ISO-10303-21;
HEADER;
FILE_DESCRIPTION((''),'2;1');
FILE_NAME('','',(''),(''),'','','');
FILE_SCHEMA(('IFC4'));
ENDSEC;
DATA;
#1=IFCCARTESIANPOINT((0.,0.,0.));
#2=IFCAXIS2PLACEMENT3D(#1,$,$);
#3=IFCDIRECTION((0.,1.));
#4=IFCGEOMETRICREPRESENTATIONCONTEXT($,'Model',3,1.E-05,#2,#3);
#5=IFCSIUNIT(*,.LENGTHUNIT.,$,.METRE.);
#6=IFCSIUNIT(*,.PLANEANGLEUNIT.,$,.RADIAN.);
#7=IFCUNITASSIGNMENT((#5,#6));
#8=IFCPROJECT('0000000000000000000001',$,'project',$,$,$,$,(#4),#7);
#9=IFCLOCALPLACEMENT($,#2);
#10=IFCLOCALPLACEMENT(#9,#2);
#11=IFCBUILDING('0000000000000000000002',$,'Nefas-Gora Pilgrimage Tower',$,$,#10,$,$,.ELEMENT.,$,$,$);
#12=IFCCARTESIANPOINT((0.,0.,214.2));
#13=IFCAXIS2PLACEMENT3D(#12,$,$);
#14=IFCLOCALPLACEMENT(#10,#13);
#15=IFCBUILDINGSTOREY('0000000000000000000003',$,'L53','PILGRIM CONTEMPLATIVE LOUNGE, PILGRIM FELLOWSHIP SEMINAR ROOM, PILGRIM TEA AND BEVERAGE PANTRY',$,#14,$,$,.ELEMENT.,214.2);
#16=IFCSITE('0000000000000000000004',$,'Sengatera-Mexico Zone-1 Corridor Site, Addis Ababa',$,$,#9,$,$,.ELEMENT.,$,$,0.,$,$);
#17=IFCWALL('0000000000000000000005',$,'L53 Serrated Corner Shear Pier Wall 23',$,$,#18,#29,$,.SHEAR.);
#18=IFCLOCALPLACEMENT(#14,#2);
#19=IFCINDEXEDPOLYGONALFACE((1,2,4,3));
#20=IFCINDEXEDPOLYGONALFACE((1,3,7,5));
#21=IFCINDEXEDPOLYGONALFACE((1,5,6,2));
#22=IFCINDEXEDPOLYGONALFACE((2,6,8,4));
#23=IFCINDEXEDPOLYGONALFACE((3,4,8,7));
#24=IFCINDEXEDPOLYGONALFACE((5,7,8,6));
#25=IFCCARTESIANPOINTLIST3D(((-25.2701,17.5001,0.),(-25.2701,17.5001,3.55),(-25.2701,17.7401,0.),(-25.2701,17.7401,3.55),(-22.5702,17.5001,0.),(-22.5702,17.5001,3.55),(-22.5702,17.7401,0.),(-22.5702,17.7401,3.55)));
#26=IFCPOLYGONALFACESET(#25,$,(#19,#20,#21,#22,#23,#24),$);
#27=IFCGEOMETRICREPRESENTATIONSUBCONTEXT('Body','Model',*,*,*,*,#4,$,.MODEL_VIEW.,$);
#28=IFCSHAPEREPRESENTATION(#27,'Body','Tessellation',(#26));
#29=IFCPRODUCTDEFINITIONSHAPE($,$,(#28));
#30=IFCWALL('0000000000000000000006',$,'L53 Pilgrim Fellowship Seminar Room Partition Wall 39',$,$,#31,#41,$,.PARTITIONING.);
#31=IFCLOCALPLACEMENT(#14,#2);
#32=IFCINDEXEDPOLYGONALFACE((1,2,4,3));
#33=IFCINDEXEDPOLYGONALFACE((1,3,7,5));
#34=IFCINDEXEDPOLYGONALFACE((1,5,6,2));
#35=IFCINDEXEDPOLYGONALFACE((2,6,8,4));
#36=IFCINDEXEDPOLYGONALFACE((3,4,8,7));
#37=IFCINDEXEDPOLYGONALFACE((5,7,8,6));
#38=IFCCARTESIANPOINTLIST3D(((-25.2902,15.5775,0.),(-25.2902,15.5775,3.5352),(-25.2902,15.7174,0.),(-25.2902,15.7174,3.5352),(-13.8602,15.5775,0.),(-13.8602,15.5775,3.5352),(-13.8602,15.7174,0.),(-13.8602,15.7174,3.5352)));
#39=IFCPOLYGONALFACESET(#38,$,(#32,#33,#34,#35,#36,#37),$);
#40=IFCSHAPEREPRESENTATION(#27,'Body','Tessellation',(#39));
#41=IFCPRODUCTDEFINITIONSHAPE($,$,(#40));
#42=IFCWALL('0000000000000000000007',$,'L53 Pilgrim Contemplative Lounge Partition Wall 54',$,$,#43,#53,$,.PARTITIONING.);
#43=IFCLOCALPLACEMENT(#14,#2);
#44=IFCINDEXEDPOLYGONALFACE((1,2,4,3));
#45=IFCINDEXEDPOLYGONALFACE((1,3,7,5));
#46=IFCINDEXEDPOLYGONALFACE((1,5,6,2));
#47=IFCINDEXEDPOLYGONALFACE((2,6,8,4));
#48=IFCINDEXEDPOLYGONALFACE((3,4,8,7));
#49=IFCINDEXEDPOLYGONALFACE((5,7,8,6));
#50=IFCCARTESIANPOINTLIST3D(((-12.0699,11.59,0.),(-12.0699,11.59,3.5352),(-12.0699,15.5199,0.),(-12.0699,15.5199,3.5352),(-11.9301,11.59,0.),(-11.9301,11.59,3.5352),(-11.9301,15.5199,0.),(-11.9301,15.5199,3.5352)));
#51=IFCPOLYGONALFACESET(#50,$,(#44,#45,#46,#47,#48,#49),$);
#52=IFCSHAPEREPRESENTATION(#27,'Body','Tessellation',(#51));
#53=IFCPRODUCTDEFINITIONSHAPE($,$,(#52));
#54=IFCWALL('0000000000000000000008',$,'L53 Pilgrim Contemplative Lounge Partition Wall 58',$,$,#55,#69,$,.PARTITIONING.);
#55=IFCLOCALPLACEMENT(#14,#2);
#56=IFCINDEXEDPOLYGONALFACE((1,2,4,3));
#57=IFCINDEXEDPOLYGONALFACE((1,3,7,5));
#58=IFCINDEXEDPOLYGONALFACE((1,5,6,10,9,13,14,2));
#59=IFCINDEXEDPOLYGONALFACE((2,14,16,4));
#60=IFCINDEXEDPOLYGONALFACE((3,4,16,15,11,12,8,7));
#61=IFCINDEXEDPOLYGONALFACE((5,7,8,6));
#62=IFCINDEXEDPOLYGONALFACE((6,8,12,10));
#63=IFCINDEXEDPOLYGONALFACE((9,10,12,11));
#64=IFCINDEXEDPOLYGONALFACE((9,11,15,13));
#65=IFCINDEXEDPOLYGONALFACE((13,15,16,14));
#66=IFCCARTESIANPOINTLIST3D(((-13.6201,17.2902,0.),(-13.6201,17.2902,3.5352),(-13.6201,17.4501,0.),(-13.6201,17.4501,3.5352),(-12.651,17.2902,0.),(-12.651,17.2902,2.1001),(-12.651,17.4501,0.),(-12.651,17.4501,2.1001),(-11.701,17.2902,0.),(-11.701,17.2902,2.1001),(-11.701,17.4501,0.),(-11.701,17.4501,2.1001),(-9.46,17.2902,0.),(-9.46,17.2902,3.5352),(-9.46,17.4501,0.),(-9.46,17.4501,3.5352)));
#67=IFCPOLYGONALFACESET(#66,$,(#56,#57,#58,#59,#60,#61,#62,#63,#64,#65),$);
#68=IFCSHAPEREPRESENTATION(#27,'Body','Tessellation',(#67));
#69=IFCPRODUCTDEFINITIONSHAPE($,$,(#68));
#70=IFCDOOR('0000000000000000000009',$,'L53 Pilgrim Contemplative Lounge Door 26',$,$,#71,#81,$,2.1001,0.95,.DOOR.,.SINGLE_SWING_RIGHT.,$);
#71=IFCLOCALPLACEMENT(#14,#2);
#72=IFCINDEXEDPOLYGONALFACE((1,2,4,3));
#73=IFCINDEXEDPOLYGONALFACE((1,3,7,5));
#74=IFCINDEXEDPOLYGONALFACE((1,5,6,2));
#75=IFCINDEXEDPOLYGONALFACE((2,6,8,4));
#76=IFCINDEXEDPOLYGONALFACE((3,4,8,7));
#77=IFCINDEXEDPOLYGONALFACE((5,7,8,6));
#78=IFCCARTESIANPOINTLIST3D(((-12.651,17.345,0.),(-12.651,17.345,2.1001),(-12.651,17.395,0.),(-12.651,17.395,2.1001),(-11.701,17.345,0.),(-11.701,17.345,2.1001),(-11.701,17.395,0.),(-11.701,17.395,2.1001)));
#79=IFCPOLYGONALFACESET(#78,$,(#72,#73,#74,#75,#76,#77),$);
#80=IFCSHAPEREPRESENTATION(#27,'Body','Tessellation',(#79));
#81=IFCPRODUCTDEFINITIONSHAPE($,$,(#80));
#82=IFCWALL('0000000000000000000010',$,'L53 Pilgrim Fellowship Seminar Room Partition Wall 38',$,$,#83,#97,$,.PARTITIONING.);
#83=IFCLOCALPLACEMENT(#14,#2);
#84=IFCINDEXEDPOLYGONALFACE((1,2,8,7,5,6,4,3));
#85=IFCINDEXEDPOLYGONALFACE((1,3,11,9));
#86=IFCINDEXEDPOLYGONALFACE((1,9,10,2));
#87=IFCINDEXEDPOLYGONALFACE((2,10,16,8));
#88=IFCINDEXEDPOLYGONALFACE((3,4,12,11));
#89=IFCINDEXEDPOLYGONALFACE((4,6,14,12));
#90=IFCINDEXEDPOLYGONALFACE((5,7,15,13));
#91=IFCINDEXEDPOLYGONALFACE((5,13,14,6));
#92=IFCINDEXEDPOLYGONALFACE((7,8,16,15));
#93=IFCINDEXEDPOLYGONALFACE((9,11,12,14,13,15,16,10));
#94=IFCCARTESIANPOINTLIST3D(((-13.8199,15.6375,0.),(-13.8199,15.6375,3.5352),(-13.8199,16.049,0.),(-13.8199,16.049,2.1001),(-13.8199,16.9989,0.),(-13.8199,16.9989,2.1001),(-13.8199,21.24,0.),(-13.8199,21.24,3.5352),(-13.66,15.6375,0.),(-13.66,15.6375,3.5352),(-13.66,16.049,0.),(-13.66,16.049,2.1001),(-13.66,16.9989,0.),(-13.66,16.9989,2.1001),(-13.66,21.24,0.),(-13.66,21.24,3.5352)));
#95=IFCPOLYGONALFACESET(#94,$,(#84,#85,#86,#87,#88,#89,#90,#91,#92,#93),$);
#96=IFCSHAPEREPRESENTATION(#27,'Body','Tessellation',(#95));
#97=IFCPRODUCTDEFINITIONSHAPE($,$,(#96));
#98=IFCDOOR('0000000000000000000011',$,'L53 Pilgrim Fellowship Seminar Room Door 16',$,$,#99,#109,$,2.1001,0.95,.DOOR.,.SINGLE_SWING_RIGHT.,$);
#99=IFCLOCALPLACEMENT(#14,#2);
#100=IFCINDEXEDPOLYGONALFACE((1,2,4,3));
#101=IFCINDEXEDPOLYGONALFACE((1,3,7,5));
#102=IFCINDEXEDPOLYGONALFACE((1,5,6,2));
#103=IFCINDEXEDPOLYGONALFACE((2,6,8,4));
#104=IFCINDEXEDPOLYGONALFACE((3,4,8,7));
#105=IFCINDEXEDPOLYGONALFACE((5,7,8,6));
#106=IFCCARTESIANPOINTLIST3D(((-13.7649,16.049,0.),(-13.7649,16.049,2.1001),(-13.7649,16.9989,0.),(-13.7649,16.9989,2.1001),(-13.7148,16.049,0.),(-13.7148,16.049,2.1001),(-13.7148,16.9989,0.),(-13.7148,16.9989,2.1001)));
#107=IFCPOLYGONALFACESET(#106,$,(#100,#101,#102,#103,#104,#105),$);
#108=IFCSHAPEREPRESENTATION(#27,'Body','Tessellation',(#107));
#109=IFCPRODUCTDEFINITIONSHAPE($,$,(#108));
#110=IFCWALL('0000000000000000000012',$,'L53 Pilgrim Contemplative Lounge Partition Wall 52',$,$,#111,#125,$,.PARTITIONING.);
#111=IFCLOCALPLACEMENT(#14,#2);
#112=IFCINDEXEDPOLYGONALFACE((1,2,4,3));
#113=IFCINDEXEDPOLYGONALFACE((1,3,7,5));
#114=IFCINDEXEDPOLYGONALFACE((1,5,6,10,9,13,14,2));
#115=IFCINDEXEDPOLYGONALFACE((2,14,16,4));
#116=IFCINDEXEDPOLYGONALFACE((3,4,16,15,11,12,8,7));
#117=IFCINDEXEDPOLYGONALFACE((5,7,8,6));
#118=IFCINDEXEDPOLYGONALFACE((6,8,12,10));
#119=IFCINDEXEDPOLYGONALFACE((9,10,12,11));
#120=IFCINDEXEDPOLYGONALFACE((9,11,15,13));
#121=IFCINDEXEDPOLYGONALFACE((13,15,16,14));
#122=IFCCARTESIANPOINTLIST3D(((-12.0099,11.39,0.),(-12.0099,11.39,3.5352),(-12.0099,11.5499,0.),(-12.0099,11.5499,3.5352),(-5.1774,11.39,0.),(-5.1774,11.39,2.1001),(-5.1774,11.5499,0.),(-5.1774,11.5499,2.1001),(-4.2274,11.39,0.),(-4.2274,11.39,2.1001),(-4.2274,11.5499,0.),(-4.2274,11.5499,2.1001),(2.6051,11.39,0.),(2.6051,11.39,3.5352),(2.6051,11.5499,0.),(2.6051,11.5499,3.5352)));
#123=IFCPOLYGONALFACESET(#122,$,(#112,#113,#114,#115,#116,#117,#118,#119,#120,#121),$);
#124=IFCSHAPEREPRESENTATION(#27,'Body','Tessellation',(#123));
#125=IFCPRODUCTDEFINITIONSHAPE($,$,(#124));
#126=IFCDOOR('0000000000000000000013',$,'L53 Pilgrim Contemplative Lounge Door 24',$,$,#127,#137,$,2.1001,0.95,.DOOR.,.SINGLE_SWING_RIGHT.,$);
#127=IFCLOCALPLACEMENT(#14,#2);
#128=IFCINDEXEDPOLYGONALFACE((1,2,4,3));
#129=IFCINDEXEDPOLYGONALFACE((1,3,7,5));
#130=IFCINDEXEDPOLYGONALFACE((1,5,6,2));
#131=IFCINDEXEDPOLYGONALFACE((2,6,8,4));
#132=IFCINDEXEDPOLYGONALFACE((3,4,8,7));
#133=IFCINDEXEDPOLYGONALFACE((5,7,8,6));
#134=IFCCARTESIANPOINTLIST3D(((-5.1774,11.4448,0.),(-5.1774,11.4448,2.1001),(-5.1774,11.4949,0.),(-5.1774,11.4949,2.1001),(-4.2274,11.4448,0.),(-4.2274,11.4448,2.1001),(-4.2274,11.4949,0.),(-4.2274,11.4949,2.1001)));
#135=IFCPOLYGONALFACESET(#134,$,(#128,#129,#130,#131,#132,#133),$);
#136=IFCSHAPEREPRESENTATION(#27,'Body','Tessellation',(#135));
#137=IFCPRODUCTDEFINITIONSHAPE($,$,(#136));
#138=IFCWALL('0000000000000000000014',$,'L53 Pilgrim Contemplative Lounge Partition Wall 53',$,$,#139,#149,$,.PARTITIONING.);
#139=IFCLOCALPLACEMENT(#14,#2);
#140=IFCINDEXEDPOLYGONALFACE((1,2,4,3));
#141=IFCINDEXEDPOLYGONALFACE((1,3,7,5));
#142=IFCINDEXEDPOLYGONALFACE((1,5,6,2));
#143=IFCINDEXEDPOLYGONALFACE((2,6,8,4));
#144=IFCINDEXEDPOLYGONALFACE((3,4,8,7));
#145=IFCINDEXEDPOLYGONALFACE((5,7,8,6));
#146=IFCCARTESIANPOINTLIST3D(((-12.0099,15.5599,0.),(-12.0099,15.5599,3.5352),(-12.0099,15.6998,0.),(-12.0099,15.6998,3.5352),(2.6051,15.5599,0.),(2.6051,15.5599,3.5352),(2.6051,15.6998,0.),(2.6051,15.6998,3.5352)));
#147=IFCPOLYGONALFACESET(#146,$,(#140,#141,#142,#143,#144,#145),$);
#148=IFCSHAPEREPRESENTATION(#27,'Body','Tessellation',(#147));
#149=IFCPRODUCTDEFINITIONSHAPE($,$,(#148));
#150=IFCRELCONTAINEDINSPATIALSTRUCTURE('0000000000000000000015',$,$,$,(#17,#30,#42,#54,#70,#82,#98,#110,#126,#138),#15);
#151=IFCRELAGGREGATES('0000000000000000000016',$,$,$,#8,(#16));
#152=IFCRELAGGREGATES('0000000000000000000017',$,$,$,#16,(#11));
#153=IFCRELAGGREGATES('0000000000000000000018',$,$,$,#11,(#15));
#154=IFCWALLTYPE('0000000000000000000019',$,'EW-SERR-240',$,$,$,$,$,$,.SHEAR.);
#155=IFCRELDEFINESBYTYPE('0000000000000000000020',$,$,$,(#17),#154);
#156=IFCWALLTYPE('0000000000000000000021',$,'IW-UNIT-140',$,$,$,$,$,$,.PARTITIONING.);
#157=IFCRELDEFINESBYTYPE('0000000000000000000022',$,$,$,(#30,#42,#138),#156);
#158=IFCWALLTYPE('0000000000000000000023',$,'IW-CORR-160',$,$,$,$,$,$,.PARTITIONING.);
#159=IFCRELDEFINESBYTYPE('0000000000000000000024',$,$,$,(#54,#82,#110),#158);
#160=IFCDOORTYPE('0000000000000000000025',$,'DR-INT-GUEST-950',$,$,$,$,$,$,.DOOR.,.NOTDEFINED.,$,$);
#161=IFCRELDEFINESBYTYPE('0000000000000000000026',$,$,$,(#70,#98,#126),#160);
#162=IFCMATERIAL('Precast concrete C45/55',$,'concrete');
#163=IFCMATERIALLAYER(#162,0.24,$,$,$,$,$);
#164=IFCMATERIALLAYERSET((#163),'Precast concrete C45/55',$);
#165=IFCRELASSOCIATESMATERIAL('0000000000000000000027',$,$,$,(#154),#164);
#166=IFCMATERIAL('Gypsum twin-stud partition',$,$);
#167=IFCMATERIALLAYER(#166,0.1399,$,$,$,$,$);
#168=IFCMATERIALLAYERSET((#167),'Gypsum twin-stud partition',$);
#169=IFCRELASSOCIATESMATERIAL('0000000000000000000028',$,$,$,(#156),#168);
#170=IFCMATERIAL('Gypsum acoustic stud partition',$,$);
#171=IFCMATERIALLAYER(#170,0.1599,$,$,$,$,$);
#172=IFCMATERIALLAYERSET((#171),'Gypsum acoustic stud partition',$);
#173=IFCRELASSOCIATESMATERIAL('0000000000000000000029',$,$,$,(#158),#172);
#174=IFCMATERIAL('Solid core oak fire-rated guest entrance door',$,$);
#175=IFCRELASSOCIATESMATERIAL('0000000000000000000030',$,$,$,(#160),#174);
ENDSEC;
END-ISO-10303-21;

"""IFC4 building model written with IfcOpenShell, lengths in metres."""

from ifc_helpers import new_model, si_unit, direction, frame, frame_2d, origin, place, context, subcontext, project, spatial, rectangle, extrude, source, transform, mapped, material, layer, layer_set, type_object, element, fill, save


model = new_model("IFC4")

# Units and contexts
model_context = context("Model", 3, precision=1e-05, world=origin(), true_north=direction((0.0, 1.0)))
body_context = subcontext(model_context, "Body", "Model", "MODEL_VIEW")
ifc_project = project(units=[si_unit("LENGTHUNIT", "METRE"), si_unit("PLANEANGLEUNIT", "RADIAN")], contexts=[model_context])

# Site, building, storey
site_placement = place(None, origin())
site = spatial("IfcSite", under=ifc_project, at=site_placement, Name="Sengatera-Mexico Zone-1 Corridor Site, Addis Ababa", CompositionType="ELEMENT", RefElevation=0.0)
building_placement = place(site_placement, origin())
building = spatial("IfcBuilding", under=site, at=building_placement, Name="Nefas-Gora Pilgrimage Tower", CompositionType="ELEMENT")
storey_placement = place(building_placement, frame((0.0, 0.0, 214.2)))
storey = spatial("IfcBuildingStorey", under=building, at=storey_placement, Name="L53", Description="PILGRIM CONTEMPLATIVE LOUNGE, PILGRIM FELLOWSHIP SEMINAR ROOM, PILGRIM TEA AND BEVERAGE PANTRY", CompositionType="ELEMENT", Elevation=214.2)

# Shared definitions
ifc_material_1 = material(Name="Precast concrete C45/55", Category="concrete")
ifc_layer_1 = layer(ifc_material_1, 0.24)
ifc_layer_set_1 = layer_set([ifc_layer_1], Name="Precast concrete C45/55")
wall_type_1 = type_object("IfcWallType", Name="EW-SERR-240", PredefinedType="SHEAR", material=ifc_layer_set_1)
shared_shape_1 = source(origin(), body_context, "Body", "SweptSolid", [
    extrude(rectangle(XDim=2.7, YDim=0.24, at=frame_2d((1.3501, 0.0))), origin(), (0.0, 0.0, 1.0), 3.55),
])

# Walls
for number, where, z_axis, x_axis, name in (
    (1, (-22.5701, 17.6201, 0.0), (0.0, 0.0, 1.0), (-1.0, 0.0, 0.0), "L53 Serrated Corner Shear Pier Wall 23"),
):
    element("IfcWall", number, at=place(storey_placement, frame(where, z_axis=z_axis, x_axis=x_axis)), inside=storey, type_object=wall_type_1, Name=name, PredefinedType="SHEAR", context=body_context, shape_type="MappedRepresentation", body=[
        mapped(shared_shape_1, transform((0.0, 0.0, 0.0), x_axis=(1.0, 0.0, 0.0), y_axis=(0.0, 1.0, 0.0), z_axis=(0.0, 0.0, 1.0), scale=1.0)),
    ])
ifc_material_2 = material(Name="Gypsum twin-stud partition")
ifc_layer_2 = layer(ifc_material_2, 0.1399)
ifc_layer_set_2 = layer_set([ifc_layer_2], Name="Gypsum twin-stud partition")
wall_type_2 = type_object("IfcWallType", Name="IW-UNIT-140", PredefinedType="PARTITIONING", material=ifc_layer_set_2)
shared_shape_2 = source(origin(), body_context, "Body", "SweptSolid", [
    extrude(rectangle(XDim=11.4299, YDim=0.1399, at=frame_2d((5.7148, 0.0))), origin(), (0.0, 0.0, 1.0), 3.5352),
])
wall_1_placement = place(storey_placement, frame((-25.29, 15.6475, 0.0), z_axis=(0.0, 0.0, 1.0), x_axis=(1.0, 0.0, 0.0)))
element("IfcWall", 2, at=wall_1_placement, inside=storey, type_object=wall_type_2, Name="L53 Pilgrim Fellowship Seminar Room Partition Wall 39", PredefinedType="PARTITIONING", context=body_context, shape_type="MappedRepresentation", body=[
    mapped(shared_shape_2, transform((0.0, 0.0, 0.0), x_axis=(1.0, 0.0, 0.0), y_axis=(0.0, 1.0, 0.0), z_axis=(0.0, 0.0, 1.0), scale=1.0)),
])
shared_shape_3 = source(origin(), body_context, "Body", "SweptSolid", [
    extrude(rectangle(XDim=3.9299, YDim=0.1399, at=frame_2d((1.9648, 0.0))), origin(), (0.0, 0.0, 1.0), 3.5352),
])
wall_2_placement = place(storey_placement, frame((-12.0, 11.5901, 0.0), z_axis=(0.0, 0.0, 1.0), x_axis=(0.0, 1.0, 0.0)))
element("IfcWall", 3, at=wall_2_placement, inside=storey, type_object=wall_type_2, Name="L53 Pilgrim Contemplative Lounge Partition Wall 54", PredefinedType="PARTITIONING", context=body_context, shape_type="MappedRepresentation", body=[
    mapped(shared_shape_3, transform((0.0, 0.0, 0.0), x_axis=(1.0, 0.0, 0.0), y_axis=(0.0, 1.0, 0.0), z_axis=(0.0, 0.0, 1.0), scale=1.0)),
])

# Walls, openings, doors
ifc_material_3 = material(Name="Gypsum acoustic stud partition")
ifc_layer_3 = layer(ifc_material_3, 0.1599)
ifc_layer_set_3 = layer_set([ifc_layer_3], Name="Gypsum acoustic stud partition")
wall_type_3 = type_object("IfcWallType", Name="IW-CORR-160", PredefinedType="PARTITIONING", material=ifc_layer_set_3)
shared_shape_4 = source(origin(), body_context, "Body", "SweptSolid", [
    extrude(rectangle(XDim=4.1602, YDim=0.1599, at=frame_2d((2.0801, 0.0))), origin(), (0.0, 0.0, 1.0), 3.5352),
])
wall_3_placement = place(storey_placement, frame((-13.6201, 17.3701, 0.0), z_axis=(0.0, 0.0, 1.0), x_axis=(1.0, 0.0, 0.0)))
wall_3 = element("IfcWall", 4, at=wall_3_placement, inside=storey, type_object=wall_type_3, Name="L53 Pilgrim Contemplative Lounge Partition Wall 58", PredefinedType="PARTITIONING", context=body_context, shape_type="MappedRepresentation", body=[
    mapped(shared_shape_4, transform((0.0, 0.0, 0.0), x_axis=(1.0, 0.0, 0.0), y_axis=(0.0, 1.0, 0.0), z_axis=(0.0, 0.0, 1.0), scale=1.0)),
])
opening_1_placement = place(wall_3_placement, frame((0.969, 0.0, 0.0)))
opening_1 = element("IfcOpeningElement", 5, at=opening_1_placement, cuts=wall_3, PredefinedType="OPENING", context=body_context, shape_type="SweptSolid", body=[
    extrude(rectangle(XDim=0.95, YDim=2.1001, at=frame_2d((0.4751, 1.05))), frame((0.0, 0.0898, 0.0), z_axis=(0.0, -1.0, 0.0), x_axis=(1.0, 0.0, 0.0)), (0.0, 0.0, 1.0), 0.1799),
])
ifc_material_4 = material(Name="Solid core oak fire-rated guest entrance door")
door_type = type_object("IfcDoorType", Name="DR-INT-GUEST-950", OperationType="NOTDEFINED", PredefinedType="DOOR", material=ifc_material_4)
shared_shape_5 = source(origin(), body_context, "Body", "SweptSolid", [
    extrude(rectangle(XDim=0.95, YDim=2.1001, at=frame_2d((0.4751, 1.05))), frame((0.0, 0.0249, 0.0), z_axis=(0.0, -1.0, 0.0), x_axis=(1.0, 0.0, 0.0)), (0.0, 0.0, 1.0), 0.05),
])
door_1_placement = place(opening_1_placement, origin())
door_1 = element("IfcDoor", 6, at=door_1_placement, inside=storey, type_object=door_type, Name="L53 Pilgrim Contemplative Lounge Door 26", OperationType="SINGLE_SWING_RIGHT", OverallHeight=2.1001, OverallWidth=0.95, PredefinedType="DOOR", context=body_context, shape_type="MappedRepresentation", body=[
    mapped(shared_shape_5, transform((0.0, 0.0, 0.0), x_axis=(1.0, 0.0, 0.0), y_axis=(0.0, 1.0, 0.0), z_axis=(0.0, 0.0, 1.0), scale=1.0)),
])
fill(opening_1, door_1)
shared_shape_6 = source(origin(), body_context, "Body", "SweptSolid", [
    extrude(rectangle(XDim=5.6025, YDim=0.1599, at=frame_2d((2.8013, 0.0))), origin(), (0.0, 0.0, 1.0), 3.5352),
])
wall_4_placement = place(storey_placement, frame((-13.74, 15.6375, 0.0), z_axis=(0.0, 0.0, 1.0), x_axis=(0.0, 1.0, 0.0)))
wall_4 = element("IfcWall", 7, at=wall_4_placement, inside=storey, type_object=wall_type_3, Name="L53 Pilgrim Fellowship Seminar Room Partition Wall 38", PredefinedType="PARTITIONING", context=body_context, shape_type="MappedRepresentation", body=[
    mapped(shared_shape_6, transform((0.0, 0.0, 0.0), x_axis=(1.0, 0.0, 0.0), y_axis=(0.0, 1.0, 0.0), z_axis=(0.0, 0.0, 1.0), scale=1.0)),
])
opening_2_placement = place(wall_4_placement, frame((0.4114, 0.0, 0.0)))
opening_2 = element("IfcOpeningElement", 8, at=opening_2_placement, cuts=wall_4, PredefinedType="OPENING", context=body_context, shape_type="SweptSolid", body=[
    extrude(rectangle(XDim=0.95, YDim=2.1001, at=frame_2d((0.4751, 1.05))), frame((0.0, 0.0898, 0.0), z_axis=(0.0, -1.0, 0.0), x_axis=(1.0, 0.0, 0.0)), (0.0, 0.0, 1.0), 0.1799),
])
door_2_placement = place(opening_2_placement, origin())
door_2 = element("IfcDoor", 9, at=door_2_placement, inside=storey, type_object=door_type, Name="L53 Pilgrim Fellowship Seminar Room Door 16", OperationType="SINGLE_SWING_RIGHT", OverallHeight=2.1001, OverallWidth=0.95, PredefinedType="DOOR", context=body_context, shape_type="MappedRepresentation", body=[
    mapped(shared_shape_5, transform((0.0, 0.0, 0.0), x_axis=(1.0, 0.0, 0.0), y_axis=(0.0, 1.0, 0.0), z_axis=(0.0, 0.0, 1.0), scale=1.0)),
])
fill(opening_2, door_2)
shared_shape_7 = source(origin(), body_context, "Body", "SweptSolid", [
    extrude(rectangle(XDim=14.615, YDim=0.1599, at=frame_2d((7.3076, 0.0))), origin(), (0.0, 0.0, 1.0), 3.5352),
])
wall_5_placement = place(storey_placement, frame((-12.01, 11.47, 0.0), z_axis=(0.0, 0.0, 1.0), x_axis=(1.0, 0.0, 0.0)))
wall_5 = element("IfcWall", 10, at=wall_5_placement, inside=storey, type_object=wall_type_3, Name="L53 Pilgrim Contemplative Lounge Partition Wall 52", PredefinedType="PARTITIONING", context=body_context, shape_type="MappedRepresentation", body=[
    mapped(shared_shape_7, transform((0.0, 0.0, 0.0), x_axis=(1.0, 0.0, 0.0), y_axis=(0.0, 1.0, 0.0), z_axis=(0.0, 0.0, 1.0), scale=1.0)),
])
opening_3_placement = place(wall_5_placement, frame((6.8325, 0.0, 0.0)))
opening_3 = element("IfcOpeningElement", 11, at=opening_3_placement, cuts=wall_5, PredefinedType="OPENING", context=body_context, shape_type="SweptSolid", body=[
    extrude(rectangle(XDim=0.95, YDim=2.1001, at=frame_2d((0.4751, 1.05))), frame((0.0, 0.0898, 0.0), z_axis=(0.0, -1.0, 0.0), x_axis=(1.0, 0.0, 0.0)), (0.0, 0.0, 1.0), 0.1799),
])
door_3_placement = place(opening_3_placement, origin())
door_3 = element("IfcDoor", 12, at=door_3_placement, inside=storey, type_object=door_type, Name="L53 Pilgrim Contemplative Lounge Door 24", OperationType="SINGLE_SWING_RIGHT", OverallHeight=2.1001, OverallWidth=0.95, PredefinedType="DOOR", context=body_context, shape_type="MappedRepresentation", body=[
    mapped(shared_shape_5, transform((0.0, 0.0, 0.0), x_axis=(1.0, 0.0, 0.0), y_axis=(0.0, 1.0, 0.0), z_axis=(0.0, 0.0, 1.0), scale=1.0)),
])
fill(opening_3, door_3)

# Wall
shared_shape_8 = source(origin(), body_context, "Body", "SweptSolid", [
    extrude(rectangle(XDim=14.615, YDim=0.1399, at=frame_2d((7.3076, 0.0))), origin(), (0.0, 0.0, 1.0), 3.5352),
])
wall_6_placement = place(storey_placement, frame((-12.01, 15.6299, 0.0), z_axis=(0.0, 0.0, 1.0), x_axis=(1.0, 0.0, 0.0)))
element("IfcWall", 13, at=wall_6_placement, inside=storey, type_object=wall_type_2, Name="L53 Pilgrim Contemplative Lounge Partition Wall 53", PredefinedType="PARTITIONING", context=body_context, shape_type="MappedRepresentation", body=[
    mapped(shared_shape_8, transform((0.0, 0.0, 0.0), x_axis=(1.0, 0.0, 0.0), y_axis=(0.0, 1.0, 0.0), z_axis=(0.0, 0.0, 1.0), scale=1.0)),
])

save(model, "model.ifc")
